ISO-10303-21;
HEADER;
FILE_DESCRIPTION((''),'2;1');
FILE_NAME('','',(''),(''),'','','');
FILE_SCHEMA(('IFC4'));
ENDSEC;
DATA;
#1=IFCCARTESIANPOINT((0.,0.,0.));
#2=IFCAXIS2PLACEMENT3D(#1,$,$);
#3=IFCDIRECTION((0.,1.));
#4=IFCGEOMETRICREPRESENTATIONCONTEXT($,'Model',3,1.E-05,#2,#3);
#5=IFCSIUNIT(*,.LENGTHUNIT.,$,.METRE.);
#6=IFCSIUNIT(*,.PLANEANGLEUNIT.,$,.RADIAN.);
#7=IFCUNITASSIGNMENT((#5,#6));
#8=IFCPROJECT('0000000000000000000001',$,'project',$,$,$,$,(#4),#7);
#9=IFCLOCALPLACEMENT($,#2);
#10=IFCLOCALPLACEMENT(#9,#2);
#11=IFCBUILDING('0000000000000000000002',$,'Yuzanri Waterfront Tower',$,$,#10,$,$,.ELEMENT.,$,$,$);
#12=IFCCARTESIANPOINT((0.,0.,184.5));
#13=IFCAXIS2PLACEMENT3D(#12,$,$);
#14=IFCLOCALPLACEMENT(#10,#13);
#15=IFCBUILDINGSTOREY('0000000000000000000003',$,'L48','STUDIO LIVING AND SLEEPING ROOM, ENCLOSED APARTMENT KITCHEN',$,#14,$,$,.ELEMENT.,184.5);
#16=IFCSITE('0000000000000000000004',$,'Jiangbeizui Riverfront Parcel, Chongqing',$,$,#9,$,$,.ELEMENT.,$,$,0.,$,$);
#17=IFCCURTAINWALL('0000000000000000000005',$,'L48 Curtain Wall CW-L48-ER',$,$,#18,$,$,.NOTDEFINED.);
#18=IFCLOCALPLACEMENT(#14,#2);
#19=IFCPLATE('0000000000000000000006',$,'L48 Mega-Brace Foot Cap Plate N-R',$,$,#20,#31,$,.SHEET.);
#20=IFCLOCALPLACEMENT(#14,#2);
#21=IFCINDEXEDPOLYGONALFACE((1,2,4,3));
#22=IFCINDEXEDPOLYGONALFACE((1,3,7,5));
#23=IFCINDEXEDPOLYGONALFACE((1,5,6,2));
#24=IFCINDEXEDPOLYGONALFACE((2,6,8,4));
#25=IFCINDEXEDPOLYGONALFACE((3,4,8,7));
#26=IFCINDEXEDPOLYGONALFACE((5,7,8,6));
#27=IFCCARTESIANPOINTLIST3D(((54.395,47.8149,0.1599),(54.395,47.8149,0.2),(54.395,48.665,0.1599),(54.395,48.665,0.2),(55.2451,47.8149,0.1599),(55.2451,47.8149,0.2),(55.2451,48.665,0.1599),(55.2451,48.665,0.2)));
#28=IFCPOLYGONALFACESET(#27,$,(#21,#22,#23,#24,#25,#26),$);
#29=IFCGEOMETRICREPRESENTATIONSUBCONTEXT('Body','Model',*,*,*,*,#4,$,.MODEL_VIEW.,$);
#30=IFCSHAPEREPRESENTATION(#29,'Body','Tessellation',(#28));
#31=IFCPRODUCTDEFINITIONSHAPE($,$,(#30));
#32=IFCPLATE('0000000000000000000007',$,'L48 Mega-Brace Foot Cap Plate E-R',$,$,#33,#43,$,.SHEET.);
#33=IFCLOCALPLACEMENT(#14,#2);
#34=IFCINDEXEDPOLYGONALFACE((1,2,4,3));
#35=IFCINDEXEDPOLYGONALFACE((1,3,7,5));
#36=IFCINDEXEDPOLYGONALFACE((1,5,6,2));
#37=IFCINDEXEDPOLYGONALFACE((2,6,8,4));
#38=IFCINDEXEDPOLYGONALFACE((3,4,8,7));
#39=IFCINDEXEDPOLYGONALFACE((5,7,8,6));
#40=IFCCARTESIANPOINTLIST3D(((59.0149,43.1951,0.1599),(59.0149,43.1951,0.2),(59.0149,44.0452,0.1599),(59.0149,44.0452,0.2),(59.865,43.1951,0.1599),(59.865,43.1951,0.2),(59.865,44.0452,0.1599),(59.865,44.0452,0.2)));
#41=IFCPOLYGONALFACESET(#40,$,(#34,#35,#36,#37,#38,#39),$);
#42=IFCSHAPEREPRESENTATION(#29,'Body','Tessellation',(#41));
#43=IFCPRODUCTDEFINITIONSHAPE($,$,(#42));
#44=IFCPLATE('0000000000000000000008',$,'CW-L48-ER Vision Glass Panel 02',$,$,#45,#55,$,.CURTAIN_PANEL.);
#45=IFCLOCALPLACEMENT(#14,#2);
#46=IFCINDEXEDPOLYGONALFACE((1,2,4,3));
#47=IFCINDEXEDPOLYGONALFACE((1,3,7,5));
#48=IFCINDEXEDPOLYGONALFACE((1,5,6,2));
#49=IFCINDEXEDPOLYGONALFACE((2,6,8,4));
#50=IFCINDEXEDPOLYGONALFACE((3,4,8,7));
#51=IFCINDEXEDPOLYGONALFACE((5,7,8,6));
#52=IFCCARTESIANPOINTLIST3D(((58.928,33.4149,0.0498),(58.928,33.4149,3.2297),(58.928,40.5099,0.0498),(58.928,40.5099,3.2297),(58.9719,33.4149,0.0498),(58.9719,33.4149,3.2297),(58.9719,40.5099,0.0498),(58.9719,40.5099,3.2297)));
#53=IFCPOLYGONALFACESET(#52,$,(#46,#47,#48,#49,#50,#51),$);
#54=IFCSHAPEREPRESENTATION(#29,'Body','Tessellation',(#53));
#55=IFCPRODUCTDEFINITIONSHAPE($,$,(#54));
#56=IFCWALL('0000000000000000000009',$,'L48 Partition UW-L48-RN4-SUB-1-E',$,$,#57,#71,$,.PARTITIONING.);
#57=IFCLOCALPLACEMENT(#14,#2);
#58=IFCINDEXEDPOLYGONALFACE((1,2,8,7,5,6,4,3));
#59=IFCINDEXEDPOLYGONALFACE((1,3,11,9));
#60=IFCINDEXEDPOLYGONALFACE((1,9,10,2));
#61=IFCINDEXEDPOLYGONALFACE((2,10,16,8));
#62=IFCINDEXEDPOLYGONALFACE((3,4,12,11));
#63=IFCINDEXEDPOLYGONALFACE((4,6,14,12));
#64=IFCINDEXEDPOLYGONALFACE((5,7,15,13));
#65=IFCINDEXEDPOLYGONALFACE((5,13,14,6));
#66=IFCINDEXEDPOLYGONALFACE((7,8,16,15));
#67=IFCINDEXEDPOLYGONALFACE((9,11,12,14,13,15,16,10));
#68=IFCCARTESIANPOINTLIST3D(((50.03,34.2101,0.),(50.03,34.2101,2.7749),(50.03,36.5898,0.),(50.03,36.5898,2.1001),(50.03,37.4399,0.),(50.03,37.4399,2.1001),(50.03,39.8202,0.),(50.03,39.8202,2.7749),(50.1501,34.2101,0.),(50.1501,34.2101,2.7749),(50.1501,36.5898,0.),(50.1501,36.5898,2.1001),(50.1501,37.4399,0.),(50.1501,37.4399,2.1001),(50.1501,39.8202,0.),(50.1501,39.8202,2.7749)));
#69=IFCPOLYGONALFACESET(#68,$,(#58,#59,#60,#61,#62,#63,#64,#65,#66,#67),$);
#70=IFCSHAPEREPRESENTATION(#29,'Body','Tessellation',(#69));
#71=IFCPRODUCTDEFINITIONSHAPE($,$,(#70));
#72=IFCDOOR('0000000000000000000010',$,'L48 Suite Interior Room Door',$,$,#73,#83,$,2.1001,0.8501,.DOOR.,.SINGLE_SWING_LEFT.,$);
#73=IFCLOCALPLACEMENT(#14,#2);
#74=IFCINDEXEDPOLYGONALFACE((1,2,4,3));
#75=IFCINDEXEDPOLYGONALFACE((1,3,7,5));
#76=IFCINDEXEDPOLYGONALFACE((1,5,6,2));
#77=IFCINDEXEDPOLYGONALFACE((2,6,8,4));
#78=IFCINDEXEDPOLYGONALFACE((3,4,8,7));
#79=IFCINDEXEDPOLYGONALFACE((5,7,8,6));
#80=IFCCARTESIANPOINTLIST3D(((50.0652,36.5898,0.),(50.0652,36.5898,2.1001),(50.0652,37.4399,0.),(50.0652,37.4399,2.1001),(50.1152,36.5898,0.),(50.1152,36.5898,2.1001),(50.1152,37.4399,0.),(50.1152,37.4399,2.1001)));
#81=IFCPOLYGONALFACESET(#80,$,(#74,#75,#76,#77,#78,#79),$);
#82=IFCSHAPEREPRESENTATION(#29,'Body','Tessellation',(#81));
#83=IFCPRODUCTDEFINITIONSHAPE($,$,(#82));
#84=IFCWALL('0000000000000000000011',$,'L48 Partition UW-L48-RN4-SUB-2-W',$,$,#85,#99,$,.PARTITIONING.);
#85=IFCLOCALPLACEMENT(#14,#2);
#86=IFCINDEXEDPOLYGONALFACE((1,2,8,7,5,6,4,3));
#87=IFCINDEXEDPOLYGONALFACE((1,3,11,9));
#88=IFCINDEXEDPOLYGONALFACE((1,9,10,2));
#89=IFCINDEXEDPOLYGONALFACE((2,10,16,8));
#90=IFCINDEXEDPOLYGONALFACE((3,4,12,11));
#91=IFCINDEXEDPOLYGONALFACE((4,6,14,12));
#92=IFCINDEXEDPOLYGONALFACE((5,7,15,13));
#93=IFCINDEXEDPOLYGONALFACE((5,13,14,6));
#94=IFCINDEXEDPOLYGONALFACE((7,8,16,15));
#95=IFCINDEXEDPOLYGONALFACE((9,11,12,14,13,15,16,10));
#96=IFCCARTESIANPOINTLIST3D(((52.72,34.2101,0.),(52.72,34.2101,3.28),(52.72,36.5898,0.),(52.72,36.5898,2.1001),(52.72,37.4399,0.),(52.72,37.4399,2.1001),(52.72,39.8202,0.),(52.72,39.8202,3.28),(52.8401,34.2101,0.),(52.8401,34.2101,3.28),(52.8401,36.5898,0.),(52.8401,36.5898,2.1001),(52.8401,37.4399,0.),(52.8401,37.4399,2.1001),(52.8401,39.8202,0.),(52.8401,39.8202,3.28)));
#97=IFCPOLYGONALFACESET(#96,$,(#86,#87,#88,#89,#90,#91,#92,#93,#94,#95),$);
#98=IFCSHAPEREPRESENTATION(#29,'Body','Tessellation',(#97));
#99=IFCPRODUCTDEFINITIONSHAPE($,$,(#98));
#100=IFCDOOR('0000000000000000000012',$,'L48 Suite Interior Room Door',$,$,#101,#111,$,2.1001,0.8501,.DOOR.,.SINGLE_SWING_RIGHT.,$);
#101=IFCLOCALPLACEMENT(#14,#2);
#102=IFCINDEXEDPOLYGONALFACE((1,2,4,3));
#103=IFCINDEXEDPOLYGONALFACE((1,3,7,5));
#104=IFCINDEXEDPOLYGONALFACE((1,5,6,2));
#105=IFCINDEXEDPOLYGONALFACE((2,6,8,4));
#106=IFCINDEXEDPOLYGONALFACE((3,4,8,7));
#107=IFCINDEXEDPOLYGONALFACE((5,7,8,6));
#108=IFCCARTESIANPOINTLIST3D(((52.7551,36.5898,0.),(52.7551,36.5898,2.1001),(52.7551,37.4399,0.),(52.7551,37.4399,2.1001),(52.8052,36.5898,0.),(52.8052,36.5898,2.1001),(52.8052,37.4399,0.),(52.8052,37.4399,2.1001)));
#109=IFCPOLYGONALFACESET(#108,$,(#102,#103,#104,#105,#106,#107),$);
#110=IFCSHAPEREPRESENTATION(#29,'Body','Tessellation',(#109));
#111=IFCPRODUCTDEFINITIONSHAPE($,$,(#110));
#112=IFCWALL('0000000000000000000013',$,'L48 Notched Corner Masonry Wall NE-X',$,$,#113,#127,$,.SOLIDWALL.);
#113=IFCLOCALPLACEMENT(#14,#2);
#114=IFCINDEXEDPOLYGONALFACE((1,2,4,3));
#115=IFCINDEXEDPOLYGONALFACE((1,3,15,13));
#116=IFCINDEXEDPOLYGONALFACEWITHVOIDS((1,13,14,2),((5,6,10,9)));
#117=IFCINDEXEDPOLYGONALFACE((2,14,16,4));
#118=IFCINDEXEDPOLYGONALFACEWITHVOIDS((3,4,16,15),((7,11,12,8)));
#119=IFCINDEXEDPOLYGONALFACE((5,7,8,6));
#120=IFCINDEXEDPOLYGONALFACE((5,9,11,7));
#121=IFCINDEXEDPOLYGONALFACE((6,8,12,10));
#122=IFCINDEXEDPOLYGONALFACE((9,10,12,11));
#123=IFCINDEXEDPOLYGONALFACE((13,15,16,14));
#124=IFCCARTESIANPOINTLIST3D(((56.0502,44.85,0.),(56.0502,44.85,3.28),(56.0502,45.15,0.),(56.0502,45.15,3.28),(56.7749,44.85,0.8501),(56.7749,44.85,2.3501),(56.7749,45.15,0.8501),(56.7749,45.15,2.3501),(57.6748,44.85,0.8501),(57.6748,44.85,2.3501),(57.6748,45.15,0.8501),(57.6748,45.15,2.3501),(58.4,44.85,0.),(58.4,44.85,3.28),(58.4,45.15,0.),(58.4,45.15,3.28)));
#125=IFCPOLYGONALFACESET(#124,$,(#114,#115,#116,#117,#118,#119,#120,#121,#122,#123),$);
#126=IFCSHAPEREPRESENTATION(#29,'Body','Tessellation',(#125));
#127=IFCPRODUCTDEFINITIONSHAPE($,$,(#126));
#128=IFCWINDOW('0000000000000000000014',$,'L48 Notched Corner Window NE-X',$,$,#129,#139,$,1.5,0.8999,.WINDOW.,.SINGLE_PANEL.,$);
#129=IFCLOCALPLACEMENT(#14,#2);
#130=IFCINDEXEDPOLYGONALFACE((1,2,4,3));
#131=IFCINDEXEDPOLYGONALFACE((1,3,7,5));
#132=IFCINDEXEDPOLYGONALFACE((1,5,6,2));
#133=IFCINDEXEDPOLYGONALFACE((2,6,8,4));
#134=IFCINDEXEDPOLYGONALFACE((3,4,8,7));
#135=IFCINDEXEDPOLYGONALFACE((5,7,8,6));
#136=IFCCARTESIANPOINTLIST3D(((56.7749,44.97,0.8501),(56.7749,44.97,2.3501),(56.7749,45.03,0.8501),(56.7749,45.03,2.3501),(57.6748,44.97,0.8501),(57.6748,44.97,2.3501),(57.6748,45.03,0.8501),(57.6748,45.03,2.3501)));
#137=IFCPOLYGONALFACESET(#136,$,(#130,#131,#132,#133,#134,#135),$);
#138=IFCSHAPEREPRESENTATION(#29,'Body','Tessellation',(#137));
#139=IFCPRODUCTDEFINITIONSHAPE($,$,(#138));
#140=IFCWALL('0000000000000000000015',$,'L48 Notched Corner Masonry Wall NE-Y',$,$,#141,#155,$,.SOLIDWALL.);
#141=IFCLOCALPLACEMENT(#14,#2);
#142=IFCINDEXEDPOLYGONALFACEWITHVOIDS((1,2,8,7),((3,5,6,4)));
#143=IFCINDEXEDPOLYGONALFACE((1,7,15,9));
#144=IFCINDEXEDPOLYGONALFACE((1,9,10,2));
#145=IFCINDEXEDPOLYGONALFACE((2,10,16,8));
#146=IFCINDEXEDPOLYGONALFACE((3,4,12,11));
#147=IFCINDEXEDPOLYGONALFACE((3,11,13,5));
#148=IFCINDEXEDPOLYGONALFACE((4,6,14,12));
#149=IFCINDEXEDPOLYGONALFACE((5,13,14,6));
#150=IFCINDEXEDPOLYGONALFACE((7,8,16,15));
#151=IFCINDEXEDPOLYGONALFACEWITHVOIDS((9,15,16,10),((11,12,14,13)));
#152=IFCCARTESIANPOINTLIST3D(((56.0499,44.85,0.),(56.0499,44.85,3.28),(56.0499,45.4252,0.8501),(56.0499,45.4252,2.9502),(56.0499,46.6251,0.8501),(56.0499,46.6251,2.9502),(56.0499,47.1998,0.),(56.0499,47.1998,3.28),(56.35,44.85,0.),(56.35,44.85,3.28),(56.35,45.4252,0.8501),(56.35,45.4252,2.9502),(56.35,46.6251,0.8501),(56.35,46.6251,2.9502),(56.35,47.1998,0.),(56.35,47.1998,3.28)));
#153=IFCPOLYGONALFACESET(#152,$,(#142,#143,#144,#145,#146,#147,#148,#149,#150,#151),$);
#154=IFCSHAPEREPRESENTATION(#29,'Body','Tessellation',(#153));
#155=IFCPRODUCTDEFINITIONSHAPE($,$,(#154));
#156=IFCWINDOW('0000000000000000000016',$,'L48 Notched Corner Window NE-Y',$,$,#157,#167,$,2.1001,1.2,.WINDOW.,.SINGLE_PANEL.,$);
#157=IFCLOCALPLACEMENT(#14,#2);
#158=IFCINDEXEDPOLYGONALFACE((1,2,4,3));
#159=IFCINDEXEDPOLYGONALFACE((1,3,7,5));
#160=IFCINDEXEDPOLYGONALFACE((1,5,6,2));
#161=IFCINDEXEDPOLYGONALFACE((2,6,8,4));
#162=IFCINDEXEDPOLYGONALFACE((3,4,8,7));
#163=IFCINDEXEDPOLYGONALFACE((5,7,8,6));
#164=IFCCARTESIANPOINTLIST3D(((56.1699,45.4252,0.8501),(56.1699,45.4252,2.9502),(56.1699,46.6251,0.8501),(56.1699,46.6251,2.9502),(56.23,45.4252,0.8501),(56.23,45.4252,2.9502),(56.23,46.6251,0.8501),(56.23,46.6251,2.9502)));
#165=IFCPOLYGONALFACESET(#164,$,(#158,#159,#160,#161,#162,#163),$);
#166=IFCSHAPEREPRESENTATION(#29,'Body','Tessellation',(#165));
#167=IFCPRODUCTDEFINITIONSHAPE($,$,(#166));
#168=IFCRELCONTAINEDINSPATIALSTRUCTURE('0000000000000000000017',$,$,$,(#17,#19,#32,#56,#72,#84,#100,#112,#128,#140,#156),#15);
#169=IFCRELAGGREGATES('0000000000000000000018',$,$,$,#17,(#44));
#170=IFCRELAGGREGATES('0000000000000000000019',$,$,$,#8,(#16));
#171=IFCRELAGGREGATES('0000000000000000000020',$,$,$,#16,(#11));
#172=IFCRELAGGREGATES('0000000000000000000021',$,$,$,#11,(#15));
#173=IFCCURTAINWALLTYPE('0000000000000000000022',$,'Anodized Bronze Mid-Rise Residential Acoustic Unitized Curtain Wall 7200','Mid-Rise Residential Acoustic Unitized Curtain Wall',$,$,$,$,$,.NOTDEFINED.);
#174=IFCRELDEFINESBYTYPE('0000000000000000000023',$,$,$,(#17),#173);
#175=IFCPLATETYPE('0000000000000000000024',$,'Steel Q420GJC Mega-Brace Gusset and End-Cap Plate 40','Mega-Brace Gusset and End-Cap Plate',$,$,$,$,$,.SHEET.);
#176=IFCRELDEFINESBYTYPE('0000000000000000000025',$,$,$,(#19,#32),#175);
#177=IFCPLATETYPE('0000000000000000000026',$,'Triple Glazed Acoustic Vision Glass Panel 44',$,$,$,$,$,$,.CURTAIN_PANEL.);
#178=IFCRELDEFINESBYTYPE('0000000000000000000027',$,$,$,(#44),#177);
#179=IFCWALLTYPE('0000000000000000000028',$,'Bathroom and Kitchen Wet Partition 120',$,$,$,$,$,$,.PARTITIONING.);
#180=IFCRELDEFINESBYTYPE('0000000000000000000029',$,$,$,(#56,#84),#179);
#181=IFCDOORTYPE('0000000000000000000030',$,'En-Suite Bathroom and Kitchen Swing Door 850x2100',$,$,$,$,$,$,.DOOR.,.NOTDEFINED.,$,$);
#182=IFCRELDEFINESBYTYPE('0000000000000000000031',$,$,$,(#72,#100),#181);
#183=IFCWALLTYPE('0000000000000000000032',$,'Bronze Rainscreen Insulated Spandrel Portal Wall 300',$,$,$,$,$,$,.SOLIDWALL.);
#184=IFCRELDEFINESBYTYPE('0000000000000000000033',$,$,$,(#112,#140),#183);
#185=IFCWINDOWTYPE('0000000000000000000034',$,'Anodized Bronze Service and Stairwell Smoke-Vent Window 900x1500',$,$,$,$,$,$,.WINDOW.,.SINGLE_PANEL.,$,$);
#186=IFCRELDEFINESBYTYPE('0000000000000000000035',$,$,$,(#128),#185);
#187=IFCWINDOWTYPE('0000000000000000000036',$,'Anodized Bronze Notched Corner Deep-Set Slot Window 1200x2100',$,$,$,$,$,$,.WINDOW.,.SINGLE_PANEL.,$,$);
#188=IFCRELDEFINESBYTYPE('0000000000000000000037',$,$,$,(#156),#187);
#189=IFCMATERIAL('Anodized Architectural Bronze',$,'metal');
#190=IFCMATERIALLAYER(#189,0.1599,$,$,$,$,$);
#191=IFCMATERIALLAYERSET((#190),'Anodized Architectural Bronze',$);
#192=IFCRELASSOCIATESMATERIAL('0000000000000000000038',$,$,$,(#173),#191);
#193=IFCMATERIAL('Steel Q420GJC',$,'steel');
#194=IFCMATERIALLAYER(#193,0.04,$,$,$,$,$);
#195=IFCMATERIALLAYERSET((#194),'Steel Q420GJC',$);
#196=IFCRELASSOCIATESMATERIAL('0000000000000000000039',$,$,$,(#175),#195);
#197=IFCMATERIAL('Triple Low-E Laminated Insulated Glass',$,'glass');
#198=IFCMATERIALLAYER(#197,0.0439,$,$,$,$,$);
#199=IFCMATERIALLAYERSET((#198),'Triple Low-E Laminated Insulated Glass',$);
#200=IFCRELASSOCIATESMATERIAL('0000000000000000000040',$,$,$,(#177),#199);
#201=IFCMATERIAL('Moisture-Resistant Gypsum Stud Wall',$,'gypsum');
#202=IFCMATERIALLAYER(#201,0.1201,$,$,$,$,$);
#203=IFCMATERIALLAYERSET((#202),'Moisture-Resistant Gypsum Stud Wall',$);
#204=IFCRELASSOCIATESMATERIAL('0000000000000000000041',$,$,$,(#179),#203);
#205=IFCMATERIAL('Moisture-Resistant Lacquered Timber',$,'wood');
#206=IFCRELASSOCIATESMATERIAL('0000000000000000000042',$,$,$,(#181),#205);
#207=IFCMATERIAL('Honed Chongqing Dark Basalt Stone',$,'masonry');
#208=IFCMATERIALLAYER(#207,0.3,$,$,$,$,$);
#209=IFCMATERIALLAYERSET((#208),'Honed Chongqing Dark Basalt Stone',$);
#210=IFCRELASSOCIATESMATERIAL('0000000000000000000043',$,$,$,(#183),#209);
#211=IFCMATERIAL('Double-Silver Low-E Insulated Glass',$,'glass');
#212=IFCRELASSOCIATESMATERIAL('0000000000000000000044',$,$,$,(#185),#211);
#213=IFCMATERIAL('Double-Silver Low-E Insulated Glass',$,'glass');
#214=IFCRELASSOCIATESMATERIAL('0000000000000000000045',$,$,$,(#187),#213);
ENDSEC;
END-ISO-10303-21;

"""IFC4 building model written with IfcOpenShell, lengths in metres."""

from ifc_helpers import new_model, si_unit, direction, frame, frame_2d, origin, origin_2d, place, context, subcontext, project, spatial, rectangle, extrude, source, transform, mapped, material, layer, layer_set, type_object, element, fill, aggregate, save


model = new_model("IFC4")

# Units and contexts
model_context = context("Model", 3, precision=1e-05, world=origin(), true_north=direction((0.0, 1.0)))
body_context = subcontext(model_context, "Body", "Model", "MODEL_VIEW")
ifc_project = project(units=[si_unit("LENGTHUNIT", "METRE"), si_unit("PLANEANGLEUNIT", "RADIAN")], contexts=[model_context])

# Site, building, storey
site_placement = place(None, origin())
site = spatial("IfcSite", under=ifc_project, at=site_placement, Name="Jiangbeizui Riverfront Parcel, Chongqing", CompositionType="ELEMENT", RefElevation=0.0)
building_placement = place(site_placement, origin())
building = spatial("IfcBuilding", under=site, at=building_placement, Name="Yuzanri Waterfront Tower", CompositionType="ELEMENT")
storey_placement = place(building_placement, frame((0.0, 0.0, 184.5)))
storey = spatial("IfcBuildingStorey", under=building, at=storey_placement, Name="L48", Description="STUDIO LIVING AND SLEEPING ROOM, ENCLOSED APARTMENT KITCHEN", CompositionType="ELEMENT", Elevation=184.5)

# Curtain wall
ifc_material_1 = material(Name="Anodized Architectural Bronze", Category="metal")
ifc_layer_1 = layer(ifc_material_1, 0.1599)
ifc_layer_set_1 = layer_set([ifc_layer_1], Name="Anodized Architectural Bronze")
curtain_wall_type = type_object("IfcCurtainWallType", Name="Anodized Bronze Mid-Rise Residential Acoustic Unitized Curtain Wall 7200", Description="Mid-Rise Residential Acoustic Unitized Curtain Wall", PredefinedType="NOTDEFINED", material=ifc_layer_set_1)
curtain_wall_1_placement = place(storey_placement, origin())
curtain_wall_1 = element("IfcCurtainWall", 1, at=curtain_wall_1_placement, inside=storey, type_object=curtain_wall_type, Name="L48 Curtain Wall CW-L48-ER", PredefinedType="NOTDEFINED")

# Plates
ifc_material_2 = material(Name="Steel Q420GJC", Category="steel")
ifc_layer_2 = layer(ifc_material_2, 0.04)
ifc_layer_set_2 = layer_set([ifc_layer_2], Name="Steel Q420GJC")
plate_type_1 = type_object("IfcPlateType", Name="Steel Q420GJC Mega-Brace Gusset and End-Cap Plate 40", Description="Mega-Brace Gusset and End-Cap Plate", PredefinedType="SHEET", material=ifc_layer_set_2)
shared_shape_1 = source(origin(), body_context, "Body", "SweptSolid", [
    extrude(rectangle(XDim=0.8501, YDim=0.8501, at=origin_2d()), origin(), (0.0, 0.0, 1.0), 0.04),
])
for number, where, z_axis, x_axis, name in (
    (2, (54.8201, 48.24, 0.1599), (0.0, 0.0, 1.0), (1.0, 0.0, 0.0), "L48 Mega-Brace Foot Cap Plate N-R"),
    (3, (59.4399, 43.6201, 0.1599), (0.0, 0.0, 1.0), (1.0, 0.0, 0.0), "L48 Mega-Brace Foot Cap Plate E-R"),
):
    element("IfcPlate", number, at=place(storey_placement, frame(where, z_axis=z_axis, x_axis=x_axis)), inside=storey, type_object=plate_type_1, Name=name, PredefinedType="SHEET", context=body_context, shape_type="MappedRepresentation", body=[
        mapped(shared_shape_1, transform((0.0, 0.0, 0.0), scale=1.0)),
    ])

# Plate
ifc_material_3 = material(Name="Triple Low-E Laminated Insulated Glass", Category="glass")
ifc_layer_3 = layer(ifc_material_3, 0.0439)
ifc_layer_set_3 = layer_set([ifc_layer_3], Name="Triple Low-E Laminated Insulated Glass")
plate_type_2 = type_object("IfcPlateType", Name="Triple Glazed Acoustic Vision Glass Panel 44", PredefinedType="CURTAIN_PANEL", material=ifc_layer_set_3)
shared_shape_2 = source(origin(), body_context, "Body", "SweptSolid", [
    extrude(rectangle(XDim=7.095, YDim=0.0439, at=origin_2d()), origin(), (0.0, 0.0, 1.0), 3.1799),
])
plate_placement = place(storey_placement, frame((58.95, 36.9624, 0.0498), z_axis=(0.0, 0.0, 1.0), x_axis=(0.0, 1.0, 0.0)))
plate = element("IfcPlate", 4, at=plate_placement, type_object=plate_type_2, Name="CW-L48-ER Vision Glass Panel 02", PredefinedType="CURTAIN_PANEL", context=body_context, shape_type="MappedRepresentation", body=[
    mapped(shared_shape_2, transform((0.0, 0.0, 0.0), scale=1.0)),
])
aggregate(curtain_wall_1, [plate])

# Walls, openings, doors
ifc_material_4 = material(Name="Moisture-Resistant Gypsum Stud Wall", Category="gypsum")
ifc_layer_4 = layer(ifc_material_4, 0.1201)
ifc_layer_set_4 = layer_set([ifc_layer_4], Name="Moisture-Resistant Gypsum Stud Wall")
wall_type_1 = type_object("IfcWallType", Name="Bathroom and Kitchen Wet Partition 120", PredefinedType="PARTITIONING", material=ifc_layer_set_4)
wall_1_placement = place(storey_placement, frame((50.0901, 34.21, 0.0), z_axis=(0.0, 0.0, 1.0), x_axis=(0.0, 1.0, 0.0)))
wall_1 = element("IfcWall", 5, at=wall_1_placement, inside=storey, type_object=wall_type_1, Name="L48 Partition UW-L48-RN4-SUB-1-E", PredefinedType="PARTITIONING", context=body_context, shape_type="SweptSolid", body=[
    extrude(rectangle(XDim=5.6101, YDim=0.1201, at=frame_2d((2.8052, 0.0))), origin(), (0.0, 0.0, 1.0), 2.7749),
])
opening_1_placement = place(wall_1_placement, frame((2.3799, 0.0, 0.0)))
opening_1 = element("IfcOpeningElement", 6, at=opening_1_placement, cuts=wall_1, PredefinedType="OPENING", context=body_context, shape_type="SweptSolid", body=[
    extrude(rectangle(XDim=0.8501, YDim=2.1001, at=frame_2d((0.425, 1.05))), frame((0.0, 0.075, 0.0), z_axis=(0.0, -1.0, 0.0), x_axis=(1.0, 0.0, 0.0)), (0.0, 0.0, 1.0), 0.1499),
])
ifc_material_5 = material(Name="Moisture-Resistant Lacquered Timber", Category="wood")
door_type = type_object("IfcDoorType", Name="En-Suite Bathroom and Kitchen Swing Door 850x2100", OperationType="NOTDEFINED", PredefinedType="DOOR", material=ifc_material_5)
shared_shape_3 = source(origin(), body_context, "Body", "SweptSolid", [
    extrude(rectangle(XDim=0.8501, YDim=2.1001, at=frame_2d((0.425, 1.05))), frame((0.0, 0.0249, 0.0), z_axis=(0.0, -1.0, 0.0), x_axis=(1.0, 0.0, 0.0)), (0.0, 0.0, 1.0), 0.05),
])
door_1_placement = place(opening_1_placement, origin())
door_1 = element("IfcDoor", 7, at=door_1_placement, inside=storey, type_object=door_type, Name="L48 Suite Interior Room Door", OperationType="SINGLE_SWING_LEFT", OverallHeight=2.1001, OverallWidth=0.8501, PredefinedType="DOOR", context=body_context, shape_type="MappedRepresentation", body=[
    mapped(shared_shape_3, transform((0.0, 0.0, 0.0), scale=1.0)),
])
fill(opening_1, door_1)
wall_2_placement = place(storey_placement, frame((52.78, 34.21, 0.0), z_axis=(0.0, 0.0, 1.0), x_axis=(0.0, 1.0, 0.0)))
wall_2 = element("IfcWall", 8, at=wall_2_placement, inside=storey, type_object=wall_type_1, Name="L48 Partition UW-L48-RN4-SUB-2-W", PredefinedType="PARTITIONING", context=body_context, shape_type="SweptSolid", body=[
    extrude(rectangle(XDim=5.6101, YDim=0.1201, at=frame_2d((2.8052, 0.0))), origin(), (0.0, 0.0, 1.0), 3.28),
])
opening_2_placement = place(wall_2_placement, frame((2.3799, 0.0, 0.0)))
opening_2 = element("IfcOpeningElement", 9, at=opening_2_placement, cuts=wall_2, PredefinedType="OPENING", context=body_context, shape_type="SweptSolid", body=[
    extrude(rectangle(XDim=0.8501, YDim=2.1001, at=frame_2d((0.425, 1.05))), frame((0.0, 0.075, 0.0), z_axis=(0.0, -1.0, 0.0), x_axis=(1.0, 0.0, 0.0)), (0.0, 0.0, 1.0), 0.1499),
])
door_2_placement = place(opening_2_placement, origin())
door_2 = element("IfcDoor", 10, at=door_2_placement, inside=storey, type_object=door_type, Name="L48 Suite Interior Room Door", OperationType="SINGLE_SWING_RIGHT", OverallHeight=2.1001, OverallWidth=0.8501, PredefinedType="DOOR", context=body_context, shape_type="MappedRepresentation", body=[
    mapped(shared_shape_3, transform((0.0, 0.0, 0.0), scale=1.0)),
])
fill(opening_2, door_2)

# Walls, openings, windows
ifc_material_6 = material(Name="Honed Chongqing Dark Basalt Stone", Category="masonry")
ifc_layer_5 = layer(ifc_material_6, 0.3)
ifc_layer_set_5 = layer_set([ifc_layer_5], Name="Honed Chongqing Dark Basalt Stone")
wall_type_2 = type_object("IfcWallType", Name="Bronze Rainscreen Insulated Spandrel Portal Wall 300", PredefinedType="SOLIDWALL", material=ifc_layer_set_5)
wall_3_placement = place(storey_placement, frame((58.3999, 45.0, 0.0), z_axis=(0.0, 0.0, 1.0), x_axis=(-1.0, 0.0, 0.0)))
wall_3 = element("IfcWall", 11, at=wall_3_placement, inside=storey, type_object=wall_type_2, Name="L48 Notched Corner Masonry Wall NE-X", PredefinedType="SOLIDWALL", context=body_context, shape_type="SweptSolid", body=[
    extrude(rectangle(XDim=2.3499, YDim=0.3, at=frame_2d((1.1748, 0.0))), origin(), (0.0, 0.0, 1.0), 3.28),
])
opening_3_placement = place(wall_3_placement, frame((0.7251, 0.0, 0.8501)))
opening_3 = element("IfcOpeningElement", 12, at=opening_3_placement, cuts=wall_3, PredefinedType="OPENING", context=body_context, shape_type="SweptSolid", body=[
    extrude(rectangle(XDim=0.8999, YDim=1.5, at=frame_2d((0.45, 0.75))), frame((0.0, 0.165, 0.0), z_axis=(0.0, -1.0, 0.0), x_axis=(1.0, 0.0, 0.0)), (0.0, 0.0, 1.0), 0.3298),
])
ifc_material_7 = material(Name="Double-Silver Low-E Insulated Glass", Category="glass")
window_type_1 = type_object("IfcWindowType", Name="Anodized Bronze Service and Stairwell Smoke-Vent Window 900x1500", PartitioningType="SINGLE_PANEL", PredefinedType="WINDOW", material=ifc_material_7)
shared_shape_4 = source(origin(), body_context, "Body", "SweptSolid", [
    extrude(rectangle(XDim=0.8999, YDim=1.5, at=frame_2d((0.45, 0.75))), frame((0.0, 0.03, 0.0), z_axis=(0.0, -1.0, 0.0), x_axis=(1.0, 0.0, 0.0)), (0.0, 0.0, 1.0), 0.0601),
])
window_1_placement = place(opening_3_placement, origin())
window_1 = element("IfcWindow", 13, at=window_1_placement, inside=storey, type_object=window_type_1, Name="L48 Notched Corner Window NE-X", OverallHeight=1.5, OverallWidth=0.8999, PartitioningType="SINGLE_PANEL", PredefinedType="WINDOW", context=body_context, shape_type="MappedRepresentation", body=[
    mapped(shared_shape_4, transform((0.0, 0.0, 0.0), scale=1.0)),
])
fill(opening_3, window_1)
wall_4_placement = place(storey_placement, frame((56.2, 44.8501, 0.0), z_axis=(0.0, 0.0, 1.0), x_axis=(0.0, 1.0, 0.0)))
wall_4 = element("IfcWall", 14, at=wall_4_placement, inside=storey, type_object=wall_type_2, Name="L48 Notched Corner Masonry Wall NE-Y", PredefinedType="SOLIDWALL", context=body_context, shape_type="SweptSolid", body=[
    extrude(rectangle(XDim=2.3499, YDim=0.3, at=frame_2d((1.1748, 0.0))), origin(), (0.0, 0.0, 1.0), 3.28),
])
opening_4_placement = place(wall_4_placement, frame((0.575, 0.0, 0.8501)))
opening_4 = element("IfcOpeningElement", 15, at=opening_4_placement, cuts=wall_4, PredefinedType="OPENING", context=body_context, shape_type="SweptSolid", body=[
    extrude(rectangle(XDim=1.2, YDim=2.1001, at=frame_2d((0.6001, 1.05))), frame((0.0, 0.165, 0.0), z_axis=(0.0, -1.0, 0.0), x_axis=(1.0, 0.0, 0.0)), (0.0, 0.0, 1.0), 0.3298),
])
ifc_material_8 = material(Name="Double-Silver Low-E Insulated Glass", Category="glass")
window_type_2 = type_object("IfcWindowType", Name="Anodized Bronze Notched Corner Deep-Set Slot Window 1200x2100", PartitioningType="SINGLE_PANEL", PredefinedType="WINDOW", material=ifc_material_8)
shared_shape_5 = source(origin(), body_context, "Body", "SweptSolid", [
    extrude(rectangle(XDim=1.2, YDim=2.1001, at=frame_2d((0.6001, 1.05))), frame((0.0, 0.03, 0.0), z_axis=(0.0, -1.0, 0.0), x_axis=(1.0, 0.0, 0.0)), (0.0, 0.0, 1.0), 0.0601),
])
window_2_placement = place(opening_4_placement, origin())
window_2 = element("IfcWindow", 16, at=window_2_placement, inside=storey, type_object=window_type_2, Name="L48 Notched Corner Window NE-Y", OverallHeight=2.1001, OverallWidth=1.2, PartitioningType="SINGLE_PANEL", PredefinedType="WINDOW", context=body_context, shape_type="MappedRepresentation", body=[
    mapped(shared_shape_5, transform((0.0, 0.0, 0.0), scale=1.0)),
])
fill(opening_4, window_2)

save(model, "model.ifc")
